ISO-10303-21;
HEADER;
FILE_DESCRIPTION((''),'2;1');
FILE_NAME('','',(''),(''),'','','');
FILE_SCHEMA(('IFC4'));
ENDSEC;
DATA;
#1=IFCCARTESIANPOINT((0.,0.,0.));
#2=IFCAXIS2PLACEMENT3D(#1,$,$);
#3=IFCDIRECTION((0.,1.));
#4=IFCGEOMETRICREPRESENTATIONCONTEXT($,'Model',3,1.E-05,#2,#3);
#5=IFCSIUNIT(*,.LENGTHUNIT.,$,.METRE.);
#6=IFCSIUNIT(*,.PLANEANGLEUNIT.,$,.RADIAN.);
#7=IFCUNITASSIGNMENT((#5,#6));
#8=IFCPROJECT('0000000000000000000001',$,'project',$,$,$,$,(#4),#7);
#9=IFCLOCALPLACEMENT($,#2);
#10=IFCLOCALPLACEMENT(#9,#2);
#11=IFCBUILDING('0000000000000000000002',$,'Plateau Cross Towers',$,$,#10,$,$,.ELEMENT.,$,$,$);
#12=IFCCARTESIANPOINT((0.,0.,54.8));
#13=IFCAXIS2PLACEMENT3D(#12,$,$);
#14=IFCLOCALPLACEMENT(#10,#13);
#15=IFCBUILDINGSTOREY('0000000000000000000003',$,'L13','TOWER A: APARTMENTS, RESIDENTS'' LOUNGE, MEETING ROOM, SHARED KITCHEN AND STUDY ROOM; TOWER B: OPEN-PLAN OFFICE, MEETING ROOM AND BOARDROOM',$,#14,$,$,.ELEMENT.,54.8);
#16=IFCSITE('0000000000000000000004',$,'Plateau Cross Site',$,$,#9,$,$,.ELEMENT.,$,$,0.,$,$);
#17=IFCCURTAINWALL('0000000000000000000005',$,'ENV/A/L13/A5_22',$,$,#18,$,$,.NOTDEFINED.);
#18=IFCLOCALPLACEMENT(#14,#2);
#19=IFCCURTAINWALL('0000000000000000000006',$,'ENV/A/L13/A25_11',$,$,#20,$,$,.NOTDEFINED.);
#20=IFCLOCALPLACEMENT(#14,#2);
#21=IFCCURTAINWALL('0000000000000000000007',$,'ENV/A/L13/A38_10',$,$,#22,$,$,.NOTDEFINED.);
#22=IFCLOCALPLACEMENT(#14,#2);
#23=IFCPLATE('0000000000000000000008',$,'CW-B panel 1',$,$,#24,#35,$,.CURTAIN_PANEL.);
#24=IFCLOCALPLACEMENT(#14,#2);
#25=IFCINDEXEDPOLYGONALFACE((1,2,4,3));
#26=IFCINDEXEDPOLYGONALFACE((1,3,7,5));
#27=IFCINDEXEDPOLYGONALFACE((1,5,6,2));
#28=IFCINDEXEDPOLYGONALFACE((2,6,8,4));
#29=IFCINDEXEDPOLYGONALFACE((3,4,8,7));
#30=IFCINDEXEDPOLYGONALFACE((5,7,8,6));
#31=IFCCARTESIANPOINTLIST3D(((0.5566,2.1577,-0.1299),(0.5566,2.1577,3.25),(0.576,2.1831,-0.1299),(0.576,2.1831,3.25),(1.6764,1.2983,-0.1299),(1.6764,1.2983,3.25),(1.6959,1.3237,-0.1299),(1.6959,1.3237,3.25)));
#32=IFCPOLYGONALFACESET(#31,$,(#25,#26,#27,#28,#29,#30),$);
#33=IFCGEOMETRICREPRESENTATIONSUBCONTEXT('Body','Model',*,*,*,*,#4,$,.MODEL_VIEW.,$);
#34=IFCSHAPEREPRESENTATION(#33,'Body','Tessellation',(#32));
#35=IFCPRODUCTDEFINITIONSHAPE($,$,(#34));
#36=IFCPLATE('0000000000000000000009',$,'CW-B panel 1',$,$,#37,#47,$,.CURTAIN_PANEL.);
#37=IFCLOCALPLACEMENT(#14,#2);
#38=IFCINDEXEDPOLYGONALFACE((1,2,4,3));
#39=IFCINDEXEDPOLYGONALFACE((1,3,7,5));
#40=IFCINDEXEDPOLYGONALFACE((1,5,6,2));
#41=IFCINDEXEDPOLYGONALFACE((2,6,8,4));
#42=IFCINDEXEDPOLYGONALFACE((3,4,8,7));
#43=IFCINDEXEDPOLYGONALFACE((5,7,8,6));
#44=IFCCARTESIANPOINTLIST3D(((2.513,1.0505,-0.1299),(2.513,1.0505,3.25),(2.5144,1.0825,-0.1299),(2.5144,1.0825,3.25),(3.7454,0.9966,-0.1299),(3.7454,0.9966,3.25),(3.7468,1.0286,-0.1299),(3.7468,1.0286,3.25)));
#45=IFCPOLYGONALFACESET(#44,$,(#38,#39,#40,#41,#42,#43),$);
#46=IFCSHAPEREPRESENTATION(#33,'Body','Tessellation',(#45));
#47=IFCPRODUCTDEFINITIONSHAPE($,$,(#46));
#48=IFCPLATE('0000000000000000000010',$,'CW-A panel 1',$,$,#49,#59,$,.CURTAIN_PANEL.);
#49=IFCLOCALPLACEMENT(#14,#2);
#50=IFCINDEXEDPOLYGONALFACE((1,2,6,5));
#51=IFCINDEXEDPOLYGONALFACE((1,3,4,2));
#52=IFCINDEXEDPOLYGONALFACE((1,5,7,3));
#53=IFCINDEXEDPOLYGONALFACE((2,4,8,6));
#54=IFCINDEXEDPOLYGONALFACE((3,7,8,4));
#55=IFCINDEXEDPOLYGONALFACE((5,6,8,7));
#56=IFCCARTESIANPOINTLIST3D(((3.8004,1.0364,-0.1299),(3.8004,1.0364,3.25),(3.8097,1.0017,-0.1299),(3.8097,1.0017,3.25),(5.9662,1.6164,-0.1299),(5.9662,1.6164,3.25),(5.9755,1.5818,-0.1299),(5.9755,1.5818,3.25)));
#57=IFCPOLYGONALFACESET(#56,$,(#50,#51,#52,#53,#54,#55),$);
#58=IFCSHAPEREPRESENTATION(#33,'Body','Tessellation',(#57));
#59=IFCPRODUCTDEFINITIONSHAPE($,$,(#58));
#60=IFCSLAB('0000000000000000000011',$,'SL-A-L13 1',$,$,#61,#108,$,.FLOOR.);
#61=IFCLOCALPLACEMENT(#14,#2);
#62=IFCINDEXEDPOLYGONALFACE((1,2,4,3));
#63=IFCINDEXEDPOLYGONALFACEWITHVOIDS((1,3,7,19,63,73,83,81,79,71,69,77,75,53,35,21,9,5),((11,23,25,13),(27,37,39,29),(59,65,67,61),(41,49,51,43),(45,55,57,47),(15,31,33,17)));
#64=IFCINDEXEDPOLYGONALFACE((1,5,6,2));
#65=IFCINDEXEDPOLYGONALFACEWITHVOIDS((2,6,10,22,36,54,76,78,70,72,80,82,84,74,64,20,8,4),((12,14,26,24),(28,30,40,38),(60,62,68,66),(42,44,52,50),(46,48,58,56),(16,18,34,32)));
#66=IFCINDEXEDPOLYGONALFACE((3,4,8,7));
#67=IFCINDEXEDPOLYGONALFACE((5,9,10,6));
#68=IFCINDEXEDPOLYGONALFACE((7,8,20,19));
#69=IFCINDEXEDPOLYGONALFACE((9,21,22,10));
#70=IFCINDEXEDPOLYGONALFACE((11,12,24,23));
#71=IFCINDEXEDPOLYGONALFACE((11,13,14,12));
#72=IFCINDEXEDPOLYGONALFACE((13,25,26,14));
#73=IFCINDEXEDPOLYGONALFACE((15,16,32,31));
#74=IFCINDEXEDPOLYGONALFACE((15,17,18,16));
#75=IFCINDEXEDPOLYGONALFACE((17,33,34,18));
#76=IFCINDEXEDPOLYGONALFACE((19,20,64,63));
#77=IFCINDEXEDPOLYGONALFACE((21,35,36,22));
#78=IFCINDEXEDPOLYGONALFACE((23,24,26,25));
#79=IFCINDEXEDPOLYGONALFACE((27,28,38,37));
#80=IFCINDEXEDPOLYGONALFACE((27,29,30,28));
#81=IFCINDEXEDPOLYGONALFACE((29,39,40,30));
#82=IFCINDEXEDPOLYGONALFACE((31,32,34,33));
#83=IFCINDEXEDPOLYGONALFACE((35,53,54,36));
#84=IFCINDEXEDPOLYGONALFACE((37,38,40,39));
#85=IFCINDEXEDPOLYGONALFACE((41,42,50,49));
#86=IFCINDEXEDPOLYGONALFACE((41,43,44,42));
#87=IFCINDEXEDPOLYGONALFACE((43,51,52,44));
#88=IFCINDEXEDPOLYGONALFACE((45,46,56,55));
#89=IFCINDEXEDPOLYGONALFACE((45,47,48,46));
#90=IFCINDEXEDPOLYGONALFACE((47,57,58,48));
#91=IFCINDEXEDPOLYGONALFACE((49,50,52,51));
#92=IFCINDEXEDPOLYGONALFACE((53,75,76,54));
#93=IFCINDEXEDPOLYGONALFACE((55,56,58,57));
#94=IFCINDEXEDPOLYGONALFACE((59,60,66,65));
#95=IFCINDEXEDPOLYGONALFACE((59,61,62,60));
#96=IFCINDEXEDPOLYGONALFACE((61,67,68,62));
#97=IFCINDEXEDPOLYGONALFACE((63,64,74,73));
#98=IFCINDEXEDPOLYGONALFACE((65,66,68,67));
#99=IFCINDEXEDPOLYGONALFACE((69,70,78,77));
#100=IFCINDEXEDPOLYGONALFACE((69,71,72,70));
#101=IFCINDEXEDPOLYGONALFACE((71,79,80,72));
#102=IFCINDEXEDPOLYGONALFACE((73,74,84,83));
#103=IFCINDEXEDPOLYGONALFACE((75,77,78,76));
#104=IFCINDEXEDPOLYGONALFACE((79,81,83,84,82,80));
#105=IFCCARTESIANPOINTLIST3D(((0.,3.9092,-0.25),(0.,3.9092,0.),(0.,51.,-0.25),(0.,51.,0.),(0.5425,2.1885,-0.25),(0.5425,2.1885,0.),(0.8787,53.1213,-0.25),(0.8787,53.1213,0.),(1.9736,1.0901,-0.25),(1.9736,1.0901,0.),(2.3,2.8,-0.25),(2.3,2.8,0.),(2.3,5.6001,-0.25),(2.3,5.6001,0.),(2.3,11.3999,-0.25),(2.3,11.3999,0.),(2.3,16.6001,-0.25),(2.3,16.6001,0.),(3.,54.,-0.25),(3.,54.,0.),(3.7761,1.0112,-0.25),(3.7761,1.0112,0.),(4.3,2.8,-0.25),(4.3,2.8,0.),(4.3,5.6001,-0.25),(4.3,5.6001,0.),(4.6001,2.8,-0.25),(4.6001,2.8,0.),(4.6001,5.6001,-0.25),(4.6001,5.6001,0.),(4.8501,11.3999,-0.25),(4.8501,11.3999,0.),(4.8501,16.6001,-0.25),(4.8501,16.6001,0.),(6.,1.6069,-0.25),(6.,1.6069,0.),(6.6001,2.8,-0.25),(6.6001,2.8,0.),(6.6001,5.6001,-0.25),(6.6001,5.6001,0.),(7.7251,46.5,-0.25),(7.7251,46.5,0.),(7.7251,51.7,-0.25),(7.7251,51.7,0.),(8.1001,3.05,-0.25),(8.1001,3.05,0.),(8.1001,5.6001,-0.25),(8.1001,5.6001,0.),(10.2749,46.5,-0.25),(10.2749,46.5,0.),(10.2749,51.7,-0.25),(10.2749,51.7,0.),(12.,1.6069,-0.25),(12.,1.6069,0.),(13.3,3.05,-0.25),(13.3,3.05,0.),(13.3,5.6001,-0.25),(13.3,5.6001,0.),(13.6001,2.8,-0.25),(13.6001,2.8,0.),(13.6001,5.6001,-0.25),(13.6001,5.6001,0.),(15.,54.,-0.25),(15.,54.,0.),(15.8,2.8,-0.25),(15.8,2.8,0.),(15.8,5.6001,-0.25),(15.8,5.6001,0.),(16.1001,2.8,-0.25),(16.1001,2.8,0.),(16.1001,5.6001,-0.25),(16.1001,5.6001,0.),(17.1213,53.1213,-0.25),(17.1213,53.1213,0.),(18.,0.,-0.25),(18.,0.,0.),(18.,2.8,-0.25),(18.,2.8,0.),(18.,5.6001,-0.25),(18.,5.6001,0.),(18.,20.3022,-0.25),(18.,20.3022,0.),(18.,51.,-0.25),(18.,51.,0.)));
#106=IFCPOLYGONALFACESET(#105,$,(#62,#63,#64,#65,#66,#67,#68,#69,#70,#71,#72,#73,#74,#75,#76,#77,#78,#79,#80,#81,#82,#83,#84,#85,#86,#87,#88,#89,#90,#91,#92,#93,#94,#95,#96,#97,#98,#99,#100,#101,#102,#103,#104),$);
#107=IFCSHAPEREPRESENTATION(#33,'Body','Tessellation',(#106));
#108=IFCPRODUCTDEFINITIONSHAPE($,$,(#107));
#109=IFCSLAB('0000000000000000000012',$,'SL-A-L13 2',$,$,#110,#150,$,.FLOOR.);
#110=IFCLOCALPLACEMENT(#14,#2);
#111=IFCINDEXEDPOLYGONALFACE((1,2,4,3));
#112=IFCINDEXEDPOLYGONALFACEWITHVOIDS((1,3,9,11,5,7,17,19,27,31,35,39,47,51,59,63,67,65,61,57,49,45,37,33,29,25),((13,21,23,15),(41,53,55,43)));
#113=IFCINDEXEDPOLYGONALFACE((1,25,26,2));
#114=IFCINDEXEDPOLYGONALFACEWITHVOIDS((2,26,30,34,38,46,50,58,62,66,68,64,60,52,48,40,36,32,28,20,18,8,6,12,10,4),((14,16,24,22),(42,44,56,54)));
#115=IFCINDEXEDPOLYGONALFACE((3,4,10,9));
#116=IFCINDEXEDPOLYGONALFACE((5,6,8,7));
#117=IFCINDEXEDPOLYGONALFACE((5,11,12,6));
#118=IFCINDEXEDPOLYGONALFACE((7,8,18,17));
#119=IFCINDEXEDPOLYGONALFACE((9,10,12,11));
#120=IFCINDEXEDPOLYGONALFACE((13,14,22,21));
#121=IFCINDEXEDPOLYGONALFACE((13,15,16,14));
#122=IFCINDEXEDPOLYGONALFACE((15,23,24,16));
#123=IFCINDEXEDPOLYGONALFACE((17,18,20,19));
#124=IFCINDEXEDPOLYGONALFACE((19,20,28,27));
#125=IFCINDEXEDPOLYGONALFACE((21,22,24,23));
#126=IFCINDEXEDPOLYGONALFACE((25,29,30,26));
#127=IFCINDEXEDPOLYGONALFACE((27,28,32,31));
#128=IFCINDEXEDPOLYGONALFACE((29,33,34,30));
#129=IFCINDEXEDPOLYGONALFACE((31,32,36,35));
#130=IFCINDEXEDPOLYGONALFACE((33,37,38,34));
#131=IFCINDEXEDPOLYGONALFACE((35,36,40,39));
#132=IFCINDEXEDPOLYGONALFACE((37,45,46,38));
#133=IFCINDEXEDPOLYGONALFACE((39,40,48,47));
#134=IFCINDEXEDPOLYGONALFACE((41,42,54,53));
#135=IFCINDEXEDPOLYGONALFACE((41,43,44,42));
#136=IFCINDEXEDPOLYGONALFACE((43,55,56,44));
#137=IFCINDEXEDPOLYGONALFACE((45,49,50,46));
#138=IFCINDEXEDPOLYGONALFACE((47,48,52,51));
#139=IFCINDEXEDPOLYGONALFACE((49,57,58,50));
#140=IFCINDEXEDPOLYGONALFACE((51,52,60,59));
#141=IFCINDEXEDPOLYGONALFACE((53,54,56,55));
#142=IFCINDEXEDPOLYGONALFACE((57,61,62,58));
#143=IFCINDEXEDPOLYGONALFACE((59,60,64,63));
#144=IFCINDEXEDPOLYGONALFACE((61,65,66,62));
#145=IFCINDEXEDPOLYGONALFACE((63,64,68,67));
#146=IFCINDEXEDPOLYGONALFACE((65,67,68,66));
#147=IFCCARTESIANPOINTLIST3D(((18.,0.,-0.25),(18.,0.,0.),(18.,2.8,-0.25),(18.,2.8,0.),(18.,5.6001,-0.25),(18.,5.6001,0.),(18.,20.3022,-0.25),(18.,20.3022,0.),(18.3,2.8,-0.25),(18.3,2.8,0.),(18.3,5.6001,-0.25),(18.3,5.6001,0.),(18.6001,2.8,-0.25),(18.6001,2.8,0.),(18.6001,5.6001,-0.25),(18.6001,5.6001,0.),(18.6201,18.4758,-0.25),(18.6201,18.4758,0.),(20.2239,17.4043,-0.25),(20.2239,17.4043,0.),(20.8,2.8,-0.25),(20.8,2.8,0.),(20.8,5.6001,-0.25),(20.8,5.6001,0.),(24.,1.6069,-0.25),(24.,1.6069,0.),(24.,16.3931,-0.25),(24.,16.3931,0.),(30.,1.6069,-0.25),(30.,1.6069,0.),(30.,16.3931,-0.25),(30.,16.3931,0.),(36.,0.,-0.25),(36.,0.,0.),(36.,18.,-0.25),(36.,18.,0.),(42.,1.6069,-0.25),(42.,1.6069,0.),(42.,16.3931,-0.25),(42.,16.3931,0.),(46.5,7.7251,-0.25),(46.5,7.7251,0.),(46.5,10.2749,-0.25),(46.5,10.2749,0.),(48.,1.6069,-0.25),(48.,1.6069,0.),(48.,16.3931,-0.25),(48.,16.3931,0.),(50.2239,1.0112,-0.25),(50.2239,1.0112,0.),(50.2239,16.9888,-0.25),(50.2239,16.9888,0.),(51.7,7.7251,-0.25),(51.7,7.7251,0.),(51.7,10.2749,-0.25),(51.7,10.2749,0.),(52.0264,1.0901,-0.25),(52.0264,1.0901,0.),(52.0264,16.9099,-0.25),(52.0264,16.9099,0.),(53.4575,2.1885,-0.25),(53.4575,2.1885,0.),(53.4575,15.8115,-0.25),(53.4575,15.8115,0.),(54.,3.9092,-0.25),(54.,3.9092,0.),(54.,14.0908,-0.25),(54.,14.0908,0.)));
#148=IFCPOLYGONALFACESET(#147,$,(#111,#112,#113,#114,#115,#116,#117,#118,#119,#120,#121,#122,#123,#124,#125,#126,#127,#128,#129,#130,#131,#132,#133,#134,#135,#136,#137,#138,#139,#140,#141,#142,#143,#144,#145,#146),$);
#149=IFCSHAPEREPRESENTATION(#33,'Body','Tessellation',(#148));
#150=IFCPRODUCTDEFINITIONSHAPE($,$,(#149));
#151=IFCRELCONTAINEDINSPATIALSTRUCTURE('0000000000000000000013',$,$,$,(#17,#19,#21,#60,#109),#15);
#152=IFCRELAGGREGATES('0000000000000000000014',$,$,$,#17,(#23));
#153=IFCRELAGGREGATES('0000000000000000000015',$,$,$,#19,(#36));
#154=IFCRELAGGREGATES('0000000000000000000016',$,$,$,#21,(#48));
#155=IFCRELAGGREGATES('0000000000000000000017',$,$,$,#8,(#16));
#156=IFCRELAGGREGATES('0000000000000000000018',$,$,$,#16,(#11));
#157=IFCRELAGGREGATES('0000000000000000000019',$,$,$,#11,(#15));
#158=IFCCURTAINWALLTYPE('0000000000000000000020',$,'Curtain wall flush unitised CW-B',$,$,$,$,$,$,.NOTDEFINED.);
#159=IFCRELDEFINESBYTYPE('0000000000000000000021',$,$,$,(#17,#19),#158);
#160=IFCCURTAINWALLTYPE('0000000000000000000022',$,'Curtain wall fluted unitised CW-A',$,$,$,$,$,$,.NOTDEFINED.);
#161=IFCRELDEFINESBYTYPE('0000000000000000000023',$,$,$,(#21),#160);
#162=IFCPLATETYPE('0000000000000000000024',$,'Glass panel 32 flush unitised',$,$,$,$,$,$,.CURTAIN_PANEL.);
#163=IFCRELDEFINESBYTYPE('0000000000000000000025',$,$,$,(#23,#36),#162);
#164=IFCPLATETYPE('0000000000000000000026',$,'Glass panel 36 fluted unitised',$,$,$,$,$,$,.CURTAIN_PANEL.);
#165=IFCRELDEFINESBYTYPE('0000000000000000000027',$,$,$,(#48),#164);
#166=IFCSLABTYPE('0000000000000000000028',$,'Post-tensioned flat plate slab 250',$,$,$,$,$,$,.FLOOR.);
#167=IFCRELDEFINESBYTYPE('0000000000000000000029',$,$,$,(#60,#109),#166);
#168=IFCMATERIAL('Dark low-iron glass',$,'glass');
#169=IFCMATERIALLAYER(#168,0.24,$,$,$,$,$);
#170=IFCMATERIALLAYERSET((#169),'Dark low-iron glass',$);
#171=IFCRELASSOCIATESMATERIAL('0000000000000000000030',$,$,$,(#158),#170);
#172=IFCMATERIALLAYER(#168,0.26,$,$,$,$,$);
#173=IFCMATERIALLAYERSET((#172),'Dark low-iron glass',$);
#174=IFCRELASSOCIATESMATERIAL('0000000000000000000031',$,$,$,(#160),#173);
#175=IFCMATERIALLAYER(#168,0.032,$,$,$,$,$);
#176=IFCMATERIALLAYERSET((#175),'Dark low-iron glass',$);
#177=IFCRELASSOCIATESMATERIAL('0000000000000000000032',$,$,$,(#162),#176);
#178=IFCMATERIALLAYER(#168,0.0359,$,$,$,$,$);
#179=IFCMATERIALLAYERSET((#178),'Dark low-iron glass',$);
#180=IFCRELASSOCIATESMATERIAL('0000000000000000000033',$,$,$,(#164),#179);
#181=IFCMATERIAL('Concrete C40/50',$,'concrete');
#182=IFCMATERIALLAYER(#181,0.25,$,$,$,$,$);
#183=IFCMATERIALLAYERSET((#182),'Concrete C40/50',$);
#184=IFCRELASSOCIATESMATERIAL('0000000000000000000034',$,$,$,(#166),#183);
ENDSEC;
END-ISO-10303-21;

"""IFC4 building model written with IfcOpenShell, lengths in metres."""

from ifc_helpers import new_model, si_unit, direction, frame, origin, origin_2d, place, context, subcontext, project, spatial, polyline, rectangle, outline, extrude, material, layer, layer_set, type_object, element, aggregate, save


model = new_model("IFC4")

# Units and contexts
model_context = context("Model", 3, precision=1e-05, world=origin(), true_north=direction((0.0, 1.0)))
body_context = subcontext(model_context, "Body", "Model", "MODEL_VIEW")
ifc_project = project(units=[si_unit("LENGTHUNIT", "METRE"), si_unit("PLANEANGLEUNIT", "RADIAN")], contexts=[model_context])

# Site, building, storey
site_placement = place(None, origin())
site = spatial("IfcSite", under=ifc_project, at=site_placement, Name="Plateau Cross Site", CompositionType="ELEMENT", RefElevation=0.0)
building_placement = place(site_placement, origin())
building = spatial("IfcBuilding", under=site, at=building_placement, Name="Plateau Cross Towers", CompositionType="ELEMENT")
storey_placement = place(building_placement, frame((0.0, 0.0, 54.8)))
storey = spatial("IfcBuildingStorey", under=building, at=storey_placement, Name="L13", Description="TOWER A: APARTMENTS, RESIDENTS' LOUNGE, MEETING ROOM, SHARED KITCHEN AND STUDY ROOM; TOWER B: OPEN-PLAN OFFICE, MEETING ROOM AND BOARDROOM", CompositionType="ELEMENT", Elevation=54.8)

# Curtain wall
ifc_material_1 = material(Name="Dark low-iron glass", Category="glass")
ifc_layer_1 = layer(ifc_material_1, 0.24)
ifc_layer_set_1 = layer_set([ifc_layer_1], Name="Dark low-iron glass")
curtain_wall_type_1 = type_object("IfcCurtainWallType", Name="Curtain wall flush unitised CW-B", PredefinedType="NOTDEFINED", material=ifc_layer_set_1)
curtain_wall_1_placement = place(storey_placement, origin())
curtain_wall_1 = element("IfcCurtainWall", 1, at=curtain_wall_1_placement, inside=storey, type_object=curtain_wall_type_1, Name="ENV/A/L13/A5_22", PredefinedType="NOTDEFINED")

# Curtain walls
curtain_wall_2_placement = place(storey_placement, origin())
curtain_wall_2 = element("IfcCurtainWall", 2, at=curtain_wall_2_placement, inside=storey, type_object=curtain_wall_type_1, Name="ENV/A/L13/A25_11", PredefinedType="NOTDEFINED")
ifc_layer_2 = layer(ifc_material_1, 0.26)
ifc_layer_set_2 = layer_set([ifc_layer_2], Name="Dark low-iron glass")
curtain_wall_type_2 = type_object("IfcCurtainWallType", Name="Curtain wall fluted unitised CW-A", PredefinedType="NOTDEFINED", material=ifc_layer_set_2)
curtain_wall_3_placement = place(storey_placement, origin())
curtain_wall_3 = element("IfcCurtainWall", 3, at=curtain_wall_3_placement, inside=storey, type_object=curtain_wall_type_2, Name="ENV/A/L13/A38_10", PredefinedType="NOTDEFINED")

# Shared definitions
ifc_material_2 = material(Name="Concrete C40/50", Category="concrete")

# Plates
ifc_layer_3 = layer(ifc_material_1, 0.032)
ifc_layer_set_3 = layer_set([ifc_layer_3], Name="Dark low-iron glass")
plate_type_1 = type_object("IfcPlateType", Name="Glass panel 32 flush unitised", PredefinedType="CURTAIN_PANEL", material=ifc_layer_set_3)
plate_1_placement = place(storey_placement, frame((1.1262, 1.7407, -0.1299), z_axis=(0.0, 0.0, 1.0), x_axis=(0.793316, -0.608811, 0.0)))
plate_1 = element("IfcPlate", 4, at=plate_1_placement, type_object=plate_type_1, Name="CW-B panel 1", PredefinedType="CURTAIN_PANEL", context=body_context, shape_type="SweptSolid", body=[
    extrude(rectangle(XDim=1.4116, YDim=0.032, at=origin_2d()), origin(), (0.0, 0.0, 1.0), 3.3799),
])
aggregate(curtain_wall_1, [plate_1])
plate_2_placement = place(storey_placement, frame((3.1299, 1.0396, -0.1299), z_axis=(0.0, 0.0, 1.0), x_axis=(0.999044, -0.043723, 0.0)))
plate_2 = element("IfcPlate", 5, at=plate_2_placement, type_object=plate_type_1, Name="CW-B panel 1", PredefinedType="CURTAIN_PANEL", context=body_context, shape_type="SweptSolid", body=[
    extrude(rectangle(XDim=1.2336, YDim=0.032, at=origin_2d()), origin(), (0.0, 0.0, 1.0), 3.3799),
])
aggregate(curtain_wall_2, [plate_2])
ifc_layer_4 = layer(ifc_material_1, 0.0359)
ifc_layer_set_4 = layer_set([ifc_layer_4], Name="Dark low-iron glass")
plate_type_2 = type_object("IfcPlateType", Name="Glass panel 36 fluted unitised", PredefinedType="CURTAIN_PANEL", material=ifc_layer_set_4)
plate_3_placement = place(storey_placement, frame((4.8879, 1.3091, -0.1299), z_axis=(0.0, 0.0, 1.0), x_axis=(0.965958, 0.258699, 0.0)))
plate_3 = element("IfcPlate", 6, at=plate_3_placement, type_object=plate_type_2, Name="CW-A panel 1", PredefinedType="CURTAIN_PANEL", context=body_context, shape_type="SweptSolid", body=[
    extrude(rectangle(XDim=2.2422, YDim=0.0359, at=origin_2d()), origin(), (0.0, 0.0, 1.0), 3.3799),
])
aggregate(curtain_wall_3, [plate_3])

# Slabs
ifc_layer_5 = layer(ifc_material_2, 0.25)
ifc_layer_set_5 = layer_set([ifc_layer_5], Name="Concrete C40/50")
slab_type_1 = type_object("IfcSlabType", Name="Post-tensioned flat plate slab 250", PredefinedType="FLOOR", material=ifc_layer_set_5)
slab_1_placement = place(storey_placement, frame((0.0, 0.0, -0.25)))
element("IfcSlab", 7, at=slab_1_placement, inside=storey, type_object=slab_type_1, Name="SL-A-L13 1", PredefinedType="FLOOR", context=body_context, shape_type="SweptSolid", body=[
    extrude(outline(polyline([(0.5425, 2.1885), (0.0, 3.9092), (0.0, 51.0), (0.8787, 53.1213), (3.0, 54.0), (15.0, 54.0), (17.1213, 53.1213), (18.0, 51.0), (18.0, 20.3022), (18.0, 5.6001), (16.1001, 5.6001), (16.1001, 2.8), (18.0, 2.8), (18.0, 0.0), (12.0, 1.6069), (6.0, 1.6069), (3.7761, 1.0112), (1.9736, 1.0901), (0.5425, 2.1885)]), holes=[polyline([(4.3, 5.6001), (2.3, 5.6001), (2.3, 2.8), (4.3, 2.8), (4.3, 5.6001)]), polyline([(6.6001, 5.6001), (4.6001, 5.6001), (4.6001, 2.8), (6.6001, 2.8), (6.6001, 5.6001)]), polyline([(15.8, 5.6001), (13.6001, 5.6001), (13.6001, 2.8), (15.8, 2.8), (15.8, 5.6001)]), polyline([(13.3, 5.6001), (8.1001, 5.6001), (8.1001, 3.05), (13.3, 3.05), (13.3, 5.6001)]), polyline([(4.8501, 16.6001), (2.3, 16.6001), (2.3, 11.3999), (4.8501, 11.3999), (4.8501, 16.6001)]), polyline([(7.7251, 51.7), (7.7251, 46.5), (10.2749, 46.5), (10.2749, 51.7), (7.7251, 51.7)])]), origin(), (0.0, 0.0, 1.0), 0.25),
])
slab_2_placement = place(storey_placement, frame((0.0, 0.0, -0.25)))
element("IfcSlab", 8, at=slab_2_placement, inside=storey, type_object=slab_type_1, Name="SL-A-L13 2", PredefinedType="FLOOR", context=body_context, shape_type="SweptSolid", body=[
    extrude(outline(polyline([(18.6201, 18.4758), (20.2239, 17.4043), (24.0, 16.3931), (30.0, 16.3931), (36.0, 18.0), (42.0, 16.3931), (48.0, 16.3931), (50.2239, 16.9888), (52.0264, 16.9099), (53.4575, 15.8115), (54.0, 14.0908), (54.0, 3.9092), (53.4575, 2.1885), (52.0264, 1.0901), (50.2239, 1.0112), (48.0, 1.6069), (42.0, 1.6069), (36.0, 0.0), (30.0, 1.6069), (24.0, 1.6069), (18.0, 0.0), (18.0, 2.8), (18.3, 2.8), (18.3, 5.6001), (18.0, 5.6001), (18.0, 20.3022), (18.6201, 18.4758)]), holes=[polyline([(20.8, 5.6001), (18.6001, 5.6001), (18.6001, 2.8), (20.8, 2.8), (20.8, 5.6001)]), polyline([(51.7, 7.7251), (51.7, 10.2749), (46.5, 10.2749), (46.5, 7.7251), (51.7, 7.7251)])]), origin(), (0.0, 0.0, 1.0), 0.25),
])

save(model, "model.ifc")
